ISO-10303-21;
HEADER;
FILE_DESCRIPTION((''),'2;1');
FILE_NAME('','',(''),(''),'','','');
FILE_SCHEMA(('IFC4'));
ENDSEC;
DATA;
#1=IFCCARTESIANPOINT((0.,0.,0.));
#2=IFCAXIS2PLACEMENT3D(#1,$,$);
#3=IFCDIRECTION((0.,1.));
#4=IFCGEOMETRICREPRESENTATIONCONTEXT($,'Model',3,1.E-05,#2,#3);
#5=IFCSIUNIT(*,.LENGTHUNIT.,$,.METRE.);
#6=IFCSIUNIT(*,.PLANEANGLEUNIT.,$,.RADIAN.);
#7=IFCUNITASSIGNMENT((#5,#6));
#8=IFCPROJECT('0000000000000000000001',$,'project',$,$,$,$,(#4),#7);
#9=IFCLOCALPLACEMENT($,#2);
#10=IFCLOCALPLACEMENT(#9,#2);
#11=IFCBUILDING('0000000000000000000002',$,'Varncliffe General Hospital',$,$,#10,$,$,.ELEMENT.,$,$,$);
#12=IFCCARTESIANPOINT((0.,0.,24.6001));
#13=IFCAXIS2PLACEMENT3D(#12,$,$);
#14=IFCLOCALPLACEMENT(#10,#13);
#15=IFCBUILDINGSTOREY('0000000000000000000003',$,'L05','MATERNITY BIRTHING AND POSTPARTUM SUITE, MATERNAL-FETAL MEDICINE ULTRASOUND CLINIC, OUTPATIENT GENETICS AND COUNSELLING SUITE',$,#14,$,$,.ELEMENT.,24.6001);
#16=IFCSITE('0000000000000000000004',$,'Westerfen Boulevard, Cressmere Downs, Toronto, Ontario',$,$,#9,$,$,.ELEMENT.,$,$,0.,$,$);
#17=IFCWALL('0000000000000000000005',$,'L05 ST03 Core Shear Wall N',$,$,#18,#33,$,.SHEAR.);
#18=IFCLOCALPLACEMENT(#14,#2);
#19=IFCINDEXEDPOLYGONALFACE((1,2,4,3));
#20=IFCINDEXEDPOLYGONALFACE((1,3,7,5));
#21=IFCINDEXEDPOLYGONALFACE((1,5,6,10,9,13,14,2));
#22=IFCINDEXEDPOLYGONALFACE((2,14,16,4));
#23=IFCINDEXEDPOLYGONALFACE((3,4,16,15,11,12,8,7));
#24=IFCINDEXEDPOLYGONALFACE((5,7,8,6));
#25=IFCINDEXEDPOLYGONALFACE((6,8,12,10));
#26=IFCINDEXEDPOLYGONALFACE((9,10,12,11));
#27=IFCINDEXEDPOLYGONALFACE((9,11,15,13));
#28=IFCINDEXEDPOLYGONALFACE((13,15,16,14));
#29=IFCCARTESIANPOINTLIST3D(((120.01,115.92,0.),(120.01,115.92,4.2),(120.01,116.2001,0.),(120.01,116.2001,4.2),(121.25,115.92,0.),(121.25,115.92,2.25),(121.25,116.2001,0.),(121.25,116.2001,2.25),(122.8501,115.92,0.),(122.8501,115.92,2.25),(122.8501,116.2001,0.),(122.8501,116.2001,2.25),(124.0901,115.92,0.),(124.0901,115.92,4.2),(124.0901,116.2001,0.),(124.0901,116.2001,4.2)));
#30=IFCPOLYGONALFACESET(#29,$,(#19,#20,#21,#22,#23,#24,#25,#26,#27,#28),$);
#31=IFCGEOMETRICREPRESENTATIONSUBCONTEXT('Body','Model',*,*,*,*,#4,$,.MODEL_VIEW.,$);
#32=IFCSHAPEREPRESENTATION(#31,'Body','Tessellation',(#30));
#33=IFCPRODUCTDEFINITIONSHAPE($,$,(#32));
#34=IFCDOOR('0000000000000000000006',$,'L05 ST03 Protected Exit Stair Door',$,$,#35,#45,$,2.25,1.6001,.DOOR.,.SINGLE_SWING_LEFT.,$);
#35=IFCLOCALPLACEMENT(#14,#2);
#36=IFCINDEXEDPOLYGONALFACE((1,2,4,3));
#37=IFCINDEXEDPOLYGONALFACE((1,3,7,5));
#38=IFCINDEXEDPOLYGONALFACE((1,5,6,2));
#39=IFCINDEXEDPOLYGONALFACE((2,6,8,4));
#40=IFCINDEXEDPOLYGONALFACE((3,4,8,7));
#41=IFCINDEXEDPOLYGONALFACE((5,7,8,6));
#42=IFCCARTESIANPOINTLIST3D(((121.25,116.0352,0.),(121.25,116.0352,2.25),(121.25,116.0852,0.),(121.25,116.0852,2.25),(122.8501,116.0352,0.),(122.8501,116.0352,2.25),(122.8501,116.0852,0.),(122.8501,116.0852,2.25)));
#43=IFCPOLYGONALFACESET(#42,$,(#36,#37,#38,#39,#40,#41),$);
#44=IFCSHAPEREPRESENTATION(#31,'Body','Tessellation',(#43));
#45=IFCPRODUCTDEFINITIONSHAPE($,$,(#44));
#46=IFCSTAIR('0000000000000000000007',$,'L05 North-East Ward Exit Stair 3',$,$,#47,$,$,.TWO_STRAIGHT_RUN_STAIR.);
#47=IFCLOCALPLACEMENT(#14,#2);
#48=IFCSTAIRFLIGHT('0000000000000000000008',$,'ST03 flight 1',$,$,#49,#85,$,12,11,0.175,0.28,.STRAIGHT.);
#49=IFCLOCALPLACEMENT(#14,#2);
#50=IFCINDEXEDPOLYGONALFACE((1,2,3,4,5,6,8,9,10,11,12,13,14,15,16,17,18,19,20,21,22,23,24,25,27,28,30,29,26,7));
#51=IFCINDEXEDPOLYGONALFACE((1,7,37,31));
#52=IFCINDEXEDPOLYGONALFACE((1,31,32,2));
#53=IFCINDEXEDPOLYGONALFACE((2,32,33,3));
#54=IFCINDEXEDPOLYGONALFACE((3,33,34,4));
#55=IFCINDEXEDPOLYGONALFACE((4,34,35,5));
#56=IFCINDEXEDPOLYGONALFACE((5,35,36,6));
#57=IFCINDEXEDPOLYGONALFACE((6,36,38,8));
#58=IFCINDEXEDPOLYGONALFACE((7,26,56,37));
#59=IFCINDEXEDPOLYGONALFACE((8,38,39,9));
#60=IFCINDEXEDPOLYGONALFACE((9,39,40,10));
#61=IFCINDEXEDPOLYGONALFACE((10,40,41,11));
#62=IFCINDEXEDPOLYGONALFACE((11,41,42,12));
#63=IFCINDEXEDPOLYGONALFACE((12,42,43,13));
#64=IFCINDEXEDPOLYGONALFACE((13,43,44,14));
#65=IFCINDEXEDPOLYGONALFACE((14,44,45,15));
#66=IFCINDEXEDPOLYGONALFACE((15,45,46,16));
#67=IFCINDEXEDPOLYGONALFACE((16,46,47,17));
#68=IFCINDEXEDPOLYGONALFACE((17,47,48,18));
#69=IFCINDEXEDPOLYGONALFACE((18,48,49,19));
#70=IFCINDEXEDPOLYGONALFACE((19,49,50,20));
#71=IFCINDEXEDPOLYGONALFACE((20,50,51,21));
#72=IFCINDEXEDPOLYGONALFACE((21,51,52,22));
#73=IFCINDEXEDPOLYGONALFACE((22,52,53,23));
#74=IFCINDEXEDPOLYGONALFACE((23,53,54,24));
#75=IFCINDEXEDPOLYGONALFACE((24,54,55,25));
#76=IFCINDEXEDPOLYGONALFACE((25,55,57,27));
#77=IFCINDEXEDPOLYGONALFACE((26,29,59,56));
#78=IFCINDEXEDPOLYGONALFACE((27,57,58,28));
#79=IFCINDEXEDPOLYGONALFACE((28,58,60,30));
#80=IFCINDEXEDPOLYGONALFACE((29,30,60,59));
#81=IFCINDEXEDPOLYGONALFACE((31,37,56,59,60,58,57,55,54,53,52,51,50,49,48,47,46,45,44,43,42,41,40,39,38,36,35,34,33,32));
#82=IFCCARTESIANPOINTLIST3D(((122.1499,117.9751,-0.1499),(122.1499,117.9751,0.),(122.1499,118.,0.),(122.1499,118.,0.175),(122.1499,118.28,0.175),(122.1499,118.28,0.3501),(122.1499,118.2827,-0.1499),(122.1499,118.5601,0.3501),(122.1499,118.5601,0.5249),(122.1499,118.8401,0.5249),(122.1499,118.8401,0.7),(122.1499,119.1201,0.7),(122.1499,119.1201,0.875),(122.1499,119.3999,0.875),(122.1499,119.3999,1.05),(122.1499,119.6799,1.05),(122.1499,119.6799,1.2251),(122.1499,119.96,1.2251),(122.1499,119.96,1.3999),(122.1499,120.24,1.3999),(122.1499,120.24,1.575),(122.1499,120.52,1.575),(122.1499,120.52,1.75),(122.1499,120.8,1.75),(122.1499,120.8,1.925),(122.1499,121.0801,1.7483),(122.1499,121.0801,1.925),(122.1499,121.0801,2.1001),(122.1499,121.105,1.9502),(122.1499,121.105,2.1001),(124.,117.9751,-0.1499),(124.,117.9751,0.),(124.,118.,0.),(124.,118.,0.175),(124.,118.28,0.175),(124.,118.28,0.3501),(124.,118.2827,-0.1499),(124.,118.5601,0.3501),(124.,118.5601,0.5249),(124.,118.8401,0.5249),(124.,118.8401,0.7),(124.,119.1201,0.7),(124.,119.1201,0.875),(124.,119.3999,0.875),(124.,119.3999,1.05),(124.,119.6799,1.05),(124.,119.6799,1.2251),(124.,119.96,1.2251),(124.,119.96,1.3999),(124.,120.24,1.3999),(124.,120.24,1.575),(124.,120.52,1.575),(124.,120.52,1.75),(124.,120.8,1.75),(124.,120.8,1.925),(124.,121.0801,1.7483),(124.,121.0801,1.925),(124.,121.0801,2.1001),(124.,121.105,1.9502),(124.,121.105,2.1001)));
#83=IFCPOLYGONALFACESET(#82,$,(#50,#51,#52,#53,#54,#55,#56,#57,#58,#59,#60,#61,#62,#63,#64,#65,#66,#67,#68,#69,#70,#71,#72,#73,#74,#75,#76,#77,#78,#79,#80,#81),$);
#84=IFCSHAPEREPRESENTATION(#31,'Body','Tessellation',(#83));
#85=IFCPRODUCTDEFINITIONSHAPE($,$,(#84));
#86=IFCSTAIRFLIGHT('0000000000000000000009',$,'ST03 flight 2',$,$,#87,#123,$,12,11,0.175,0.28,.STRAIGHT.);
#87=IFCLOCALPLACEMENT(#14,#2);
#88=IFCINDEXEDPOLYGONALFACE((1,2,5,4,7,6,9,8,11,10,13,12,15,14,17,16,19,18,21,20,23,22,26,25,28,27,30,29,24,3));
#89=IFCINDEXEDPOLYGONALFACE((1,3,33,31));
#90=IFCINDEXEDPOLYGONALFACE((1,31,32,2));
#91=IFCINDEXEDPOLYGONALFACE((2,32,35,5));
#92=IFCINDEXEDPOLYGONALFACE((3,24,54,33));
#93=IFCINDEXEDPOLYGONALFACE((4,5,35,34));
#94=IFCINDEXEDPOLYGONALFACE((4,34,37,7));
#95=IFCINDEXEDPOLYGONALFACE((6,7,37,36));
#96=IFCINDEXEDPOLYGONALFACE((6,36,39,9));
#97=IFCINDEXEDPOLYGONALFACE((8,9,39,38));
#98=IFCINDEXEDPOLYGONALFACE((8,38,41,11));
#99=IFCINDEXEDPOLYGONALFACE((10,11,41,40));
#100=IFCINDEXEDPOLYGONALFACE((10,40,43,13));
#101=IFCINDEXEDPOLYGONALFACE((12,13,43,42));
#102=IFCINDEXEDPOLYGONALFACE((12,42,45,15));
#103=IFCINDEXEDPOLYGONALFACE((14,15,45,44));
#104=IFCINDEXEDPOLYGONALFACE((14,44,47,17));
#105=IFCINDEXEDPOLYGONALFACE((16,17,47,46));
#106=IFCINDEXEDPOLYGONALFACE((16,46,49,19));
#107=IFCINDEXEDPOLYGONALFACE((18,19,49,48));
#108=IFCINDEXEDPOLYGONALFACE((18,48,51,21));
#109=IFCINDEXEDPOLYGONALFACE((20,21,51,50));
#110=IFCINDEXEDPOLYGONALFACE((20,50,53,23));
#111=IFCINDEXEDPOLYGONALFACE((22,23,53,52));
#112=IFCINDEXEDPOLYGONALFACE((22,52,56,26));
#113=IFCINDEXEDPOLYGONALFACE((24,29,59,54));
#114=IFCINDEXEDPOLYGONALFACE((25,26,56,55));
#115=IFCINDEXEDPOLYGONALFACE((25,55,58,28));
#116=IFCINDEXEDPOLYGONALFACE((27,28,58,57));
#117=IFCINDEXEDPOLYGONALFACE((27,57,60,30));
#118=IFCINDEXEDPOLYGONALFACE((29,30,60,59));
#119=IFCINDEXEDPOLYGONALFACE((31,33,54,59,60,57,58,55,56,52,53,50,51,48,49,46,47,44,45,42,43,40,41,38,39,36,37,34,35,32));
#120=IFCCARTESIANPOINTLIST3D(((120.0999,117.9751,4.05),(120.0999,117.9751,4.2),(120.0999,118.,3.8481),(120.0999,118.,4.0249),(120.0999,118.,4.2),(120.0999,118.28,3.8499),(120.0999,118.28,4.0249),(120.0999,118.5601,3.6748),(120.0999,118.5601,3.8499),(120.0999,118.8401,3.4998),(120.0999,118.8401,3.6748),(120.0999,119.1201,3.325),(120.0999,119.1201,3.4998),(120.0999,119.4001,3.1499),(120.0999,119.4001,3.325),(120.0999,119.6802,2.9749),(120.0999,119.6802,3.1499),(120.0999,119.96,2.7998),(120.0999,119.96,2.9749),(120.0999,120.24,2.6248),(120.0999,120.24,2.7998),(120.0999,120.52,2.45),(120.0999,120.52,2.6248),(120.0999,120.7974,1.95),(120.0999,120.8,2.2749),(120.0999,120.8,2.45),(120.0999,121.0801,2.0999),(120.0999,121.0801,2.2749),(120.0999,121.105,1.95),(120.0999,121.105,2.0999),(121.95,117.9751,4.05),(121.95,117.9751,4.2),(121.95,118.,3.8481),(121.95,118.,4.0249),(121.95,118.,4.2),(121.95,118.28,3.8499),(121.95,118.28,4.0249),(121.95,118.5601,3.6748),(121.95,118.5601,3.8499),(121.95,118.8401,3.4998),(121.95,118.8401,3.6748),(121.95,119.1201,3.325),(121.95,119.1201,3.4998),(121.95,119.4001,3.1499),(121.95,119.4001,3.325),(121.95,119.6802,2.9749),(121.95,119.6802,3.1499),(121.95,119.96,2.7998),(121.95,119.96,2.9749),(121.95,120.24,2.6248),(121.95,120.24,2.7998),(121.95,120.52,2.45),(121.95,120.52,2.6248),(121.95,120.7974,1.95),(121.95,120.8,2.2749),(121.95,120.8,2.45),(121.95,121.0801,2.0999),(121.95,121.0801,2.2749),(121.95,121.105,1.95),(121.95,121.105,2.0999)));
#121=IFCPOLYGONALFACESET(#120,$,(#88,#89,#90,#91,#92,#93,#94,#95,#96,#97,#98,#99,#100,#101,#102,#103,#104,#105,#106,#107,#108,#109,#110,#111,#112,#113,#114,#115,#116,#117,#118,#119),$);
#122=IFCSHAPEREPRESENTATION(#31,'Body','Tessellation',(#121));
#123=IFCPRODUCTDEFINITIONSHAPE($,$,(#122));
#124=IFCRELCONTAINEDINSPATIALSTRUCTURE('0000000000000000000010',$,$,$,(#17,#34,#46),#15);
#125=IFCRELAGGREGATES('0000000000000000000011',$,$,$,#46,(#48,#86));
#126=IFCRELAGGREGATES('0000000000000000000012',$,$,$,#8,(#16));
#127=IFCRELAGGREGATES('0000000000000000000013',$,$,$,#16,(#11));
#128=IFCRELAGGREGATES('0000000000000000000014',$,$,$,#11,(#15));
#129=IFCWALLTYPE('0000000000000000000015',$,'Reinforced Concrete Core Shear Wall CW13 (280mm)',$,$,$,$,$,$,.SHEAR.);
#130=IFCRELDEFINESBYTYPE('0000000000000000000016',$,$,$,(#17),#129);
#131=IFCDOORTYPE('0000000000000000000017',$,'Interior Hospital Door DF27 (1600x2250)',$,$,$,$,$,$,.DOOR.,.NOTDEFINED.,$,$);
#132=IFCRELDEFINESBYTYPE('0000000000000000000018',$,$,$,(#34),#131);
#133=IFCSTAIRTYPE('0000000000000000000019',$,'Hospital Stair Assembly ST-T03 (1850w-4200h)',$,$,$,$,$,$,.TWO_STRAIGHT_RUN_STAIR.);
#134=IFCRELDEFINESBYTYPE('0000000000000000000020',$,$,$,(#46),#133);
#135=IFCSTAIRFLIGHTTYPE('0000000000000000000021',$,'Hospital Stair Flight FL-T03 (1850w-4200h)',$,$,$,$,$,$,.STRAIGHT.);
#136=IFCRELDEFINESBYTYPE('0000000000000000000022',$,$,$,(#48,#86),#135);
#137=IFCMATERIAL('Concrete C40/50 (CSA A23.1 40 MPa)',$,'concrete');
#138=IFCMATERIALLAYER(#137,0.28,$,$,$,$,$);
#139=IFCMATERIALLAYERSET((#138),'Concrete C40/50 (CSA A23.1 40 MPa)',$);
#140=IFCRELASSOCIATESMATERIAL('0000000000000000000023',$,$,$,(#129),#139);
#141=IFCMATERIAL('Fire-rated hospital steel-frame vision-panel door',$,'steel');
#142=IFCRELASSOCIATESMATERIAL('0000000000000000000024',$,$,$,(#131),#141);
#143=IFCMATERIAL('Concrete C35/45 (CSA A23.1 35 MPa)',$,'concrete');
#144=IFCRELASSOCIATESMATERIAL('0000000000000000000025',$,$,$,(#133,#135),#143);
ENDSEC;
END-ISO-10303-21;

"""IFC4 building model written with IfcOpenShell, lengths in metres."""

from ifc_helpers import new_model, si_unit, direction, frame, frame_2d, origin, place, context, subcontext, project, spatial, polyline, rectangle, outline, extrude, material, layer, layer_set, type_object, element, fill, aggregate, save


model = new_model("IFC4")

# Units and contexts
model_context = context("Model", 3, precision=1e-05, world=origin(), true_north=direction((0.0, 1.0)))
body_context = subcontext(model_context, "Body", "Model", "MODEL_VIEW")
ifc_project = project(units=[si_unit("LENGTHUNIT", "METRE"), si_unit("PLANEANGLEUNIT", "RADIAN")], contexts=[model_context])

# Site, building, storey
site_placement = place(None, origin())
site = spatial("IfcSite", under=ifc_project, at=site_placement, Name="Westerfen Boulevard, Cressmere Downs, Toronto, Ontario", CompositionType="ELEMENT", RefElevation=0.0)
building_placement = place(site_placement, origin())
building = spatial("IfcBuilding", under=site, at=building_placement, Name="Varncliffe General Hospital", CompositionType="ELEMENT")
storey_placement = place(building_placement, frame((0.0, 0.0, 24.6001)))
storey = spatial("IfcBuildingStorey", under=building, at=storey_placement, Name="L05", Description="MATERNITY BIRTHING AND POSTPARTUM SUITE, MATERNAL-FETAL MEDICINE ULTRASOUND CLINIC, OUTPATIENT GENETICS AND COUNSELLING SUITE", CompositionType="ELEMENT", Elevation=24.6001)

# Shared definitions
ifc_material_1 = material(Name="Concrete C40/50 (CSA A23.1 40 MPa)", Category="concrete")

# Shared definitions
ifc_material_2 = material(Name="Concrete C35/45 (CSA A23.1 35 MPa)", Category="concrete")

# Shared definitions
ifc_material_3 = material(Name="Fire-rated hospital steel-frame vision-panel door", Category="steel")

# Shared definitions
ifc_layer_1 = layer(ifc_material_1, 0.28)
ifc_layer_set_1 = layer_set([ifc_layer_1], Name="Concrete C40/50 (CSA A23.1 40 MPa)")
wall_type_1 = type_object("IfcWallType", Name="Reinforced Concrete Core Shear Wall CW13 (280mm)", PredefinedType="SHEAR", material=ifc_layer_set_1)

# Wall, opening, door
wall_1_placement = place(storey_placement, frame((120.01, 116.0601, 0.0), z_axis=(0.0, 0.0, 1.0), x_axis=(1.0, 0.0, 0.0)))
wall_1 = element("IfcWall", 1, at=wall_1_placement, inside=storey, type_object=wall_type_1, Name="L05 ST03 Core Shear Wall N", PredefinedType="SHEAR", context=body_context, shape_type="SweptSolid", body=[
    extrude(rectangle(XDim=4.0801, YDim=0.28, at=frame_2d((2.04, 0.0))), origin(), (0.0, 0.0, 1.0), 4.2),
])
opening_1_placement = place(wall_1_placement, frame((1.24, 0.0, 0.0)))
opening_1 = element("IfcOpeningElement", 2, at=opening_1_placement, cuts=wall_1, PredefinedType="OPENING", context=body_context, shape_type="SweptSolid", body=[
    extrude(rectangle(XDim=1.6001, YDim=2.25, at=frame_2d((0.8, 1.125))), frame((0.0, 0.1499, 0.0), z_axis=(0.0, -1.0, 0.0), x_axis=(1.0, 0.0, 0.0)), (0.0, 0.0, 1.0), 0.3),
])
door_type_1 = type_object("IfcDoorType", Name="Interior Hospital Door DF27 (1600x2250)", OperationType="NOTDEFINED", PredefinedType="DOOR", material=ifc_material_3)
door_1_placement = place(opening_1_placement, frame((1.6001, 0.0, 0.0), z_axis=(0.0, 0.0, 1.0), x_axis=(-1.0, 0.0, 0.0)))
door_1 = element("IfcDoor", 3, at=door_1_placement, inside=storey, type_object=door_type_1, Name="L05 ST03 Protected Exit Stair Door", OperationType="SINGLE_SWING_LEFT", OverallHeight=2.25, OverallWidth=1.6001, PredefinedType="DOOR", context=body_context, shape_type="SweptSolid", body=[
    extrude(rectangle(XDim=1.6001, YDim=2.25, at=frame_2d((0.8, 1.125))), frame((0.0, 0.0249, 0.0), z_axis=(0.0, -1.0, 0.0), x_axis=(1.0, 0.0, 0.0)), (0.0, 0.0, 1.0), 0.05),
])
fill(opening_1, door_1)

# Stair, stair flights
stair_type = type_object("IfcStairType", Name="Hospital Stair Assembly ST-T03 (1850w-4200h)", PredefinedType="TWO_STRAIGHT_RUN_STAIR", material=ifc_material_2)
stair_placement = place(storey_placement, origin())
stair = element("IfcStair", 4, at=stair_placement, inside=storey, type_object=stair_type, Name="L05 North-East Ward Exit Stair 3", PredefinedType="TWO_STRAIGHT_RUN_STAIR")
stair_flight_type = type_object("IfcStairFlightType", Name="Hospital Stair Flight FL-T03 (1850w-4200h)", PredefinedType="STRAIGHT", material=ifc_material_2)
stair_flight_1_placement = place(storey_placement, frame((123.075, 118.0, 0.0), z_axis=(0.0, 0.0, 1.0), x_axis=(0.0, 1.0, 0.0)))
stair_flight_1 = element("IfcStairFlight", 5, at=stair_flight_1_placement, type_object=stair_flight_type, Name="ST03 flight 1", NumberOfRisers=12, NumberOfTreads=11, PredefinedType="STRAIGHT", RiserHeight=0.175, TreadLength=0.28, context=body_context, shape_type="SweptSolid", body=[
    extrude(outline(polyline([(-0.0249, -0.1499), (-0.0249, 0.0), (0.0, 0.0), (0.0, 0.175), (0.28, 0.175), (0.28, 0.3501), (0.5601, 0.3501), (0.5601, 0.5249), (0.8401, 0.5249), (0.8401, 0.7), (1.1201, 0.7), (1.1201, 0.875), (1.3999, 0.875), (1.3999, 1.05), (1.6799, 1.05), (1.6799, 1.2251), (1.96, 1.2251), (1.96, 1.3999), (2.24, 1.3999), (2.24, 1.575), (2.52, 1.575), (2.52, 1.75), (2.8, 1.75), (2.8, 1.925), (3.0801, 1.925), (3.0801, 2.1001), (3.105, 2.1001), (3.105, 1.9502), (3.0801, 1.7483), (0.2827, -0.1499), (-0.0249, -0.1499)])), frame((0.0, 0.925, 0.0), z_axis=(0.0, -1.0, 0.0), x_axis=(1.0, 0.0, 0.0)), (0.0, 0.0, 1.0), 1.8501),
])
stair_flight_2_placement = place(storey_placement, frame((121.0249, 121.0801, 2.0999), z_axis=(0.0, 0.0, 1.0), x_axis=(0.0, -1.0, 0.0)))
stair_flight_2 = element("IfcStairFlight", 6, at=stair_flight_2_placement, type_object=stair_flight_type, Name="ST03 flight 2", NumberOfRisers=12, NumberOfTreads=11, PredefinedType="STRAIGHT", RiserHeight=0.175, TreadLength=0.28, context=body_context, shape_type="SweptSolid", body=[
    extrude(outline(polyline([(-0.0249, -0.1499), (-0.0249, 0.0), (0.0, 0.0), (0.0, 0.175), (0.28, 0.175), (0.28, 0.3501), (0.5601, 0.3501), (0.5601, 0.5249), (0.8401, 0.5249), (0.8401, 0.7), (1.1201, 0.7), (1.1201, 0.875), (1.3999, 0.875), (1.3999, 1.05), (1.6799, 1.05), (1.6799, 1.2251), (1.96, 1.2251), (1.96, 1.3999), (2.24, 1.3999), (2.24, 1.575), (2.52, 1.575), (2.52, 1.75), (2.8, 1.75), (2.8, 1.925), (3.0801, 1.925), (3.0801, 2.1001), (3.105, 2.1001), (3.105, 1.9502), (3.0801, 1.7483), (0.2827, -0.1499), (-0.0249, -0.1499)])), frame((0.0, 0.925, 0.0), z_axis=(0.0, -1.0, 0.0), x_axis=(1.0, 0.0, 0.0)), (0.0, 0.0, 1.0), 1.8501),
])
aggregate(stair, [stair_flight_1, stair_flight_2])

save(model, "model.ifc")
